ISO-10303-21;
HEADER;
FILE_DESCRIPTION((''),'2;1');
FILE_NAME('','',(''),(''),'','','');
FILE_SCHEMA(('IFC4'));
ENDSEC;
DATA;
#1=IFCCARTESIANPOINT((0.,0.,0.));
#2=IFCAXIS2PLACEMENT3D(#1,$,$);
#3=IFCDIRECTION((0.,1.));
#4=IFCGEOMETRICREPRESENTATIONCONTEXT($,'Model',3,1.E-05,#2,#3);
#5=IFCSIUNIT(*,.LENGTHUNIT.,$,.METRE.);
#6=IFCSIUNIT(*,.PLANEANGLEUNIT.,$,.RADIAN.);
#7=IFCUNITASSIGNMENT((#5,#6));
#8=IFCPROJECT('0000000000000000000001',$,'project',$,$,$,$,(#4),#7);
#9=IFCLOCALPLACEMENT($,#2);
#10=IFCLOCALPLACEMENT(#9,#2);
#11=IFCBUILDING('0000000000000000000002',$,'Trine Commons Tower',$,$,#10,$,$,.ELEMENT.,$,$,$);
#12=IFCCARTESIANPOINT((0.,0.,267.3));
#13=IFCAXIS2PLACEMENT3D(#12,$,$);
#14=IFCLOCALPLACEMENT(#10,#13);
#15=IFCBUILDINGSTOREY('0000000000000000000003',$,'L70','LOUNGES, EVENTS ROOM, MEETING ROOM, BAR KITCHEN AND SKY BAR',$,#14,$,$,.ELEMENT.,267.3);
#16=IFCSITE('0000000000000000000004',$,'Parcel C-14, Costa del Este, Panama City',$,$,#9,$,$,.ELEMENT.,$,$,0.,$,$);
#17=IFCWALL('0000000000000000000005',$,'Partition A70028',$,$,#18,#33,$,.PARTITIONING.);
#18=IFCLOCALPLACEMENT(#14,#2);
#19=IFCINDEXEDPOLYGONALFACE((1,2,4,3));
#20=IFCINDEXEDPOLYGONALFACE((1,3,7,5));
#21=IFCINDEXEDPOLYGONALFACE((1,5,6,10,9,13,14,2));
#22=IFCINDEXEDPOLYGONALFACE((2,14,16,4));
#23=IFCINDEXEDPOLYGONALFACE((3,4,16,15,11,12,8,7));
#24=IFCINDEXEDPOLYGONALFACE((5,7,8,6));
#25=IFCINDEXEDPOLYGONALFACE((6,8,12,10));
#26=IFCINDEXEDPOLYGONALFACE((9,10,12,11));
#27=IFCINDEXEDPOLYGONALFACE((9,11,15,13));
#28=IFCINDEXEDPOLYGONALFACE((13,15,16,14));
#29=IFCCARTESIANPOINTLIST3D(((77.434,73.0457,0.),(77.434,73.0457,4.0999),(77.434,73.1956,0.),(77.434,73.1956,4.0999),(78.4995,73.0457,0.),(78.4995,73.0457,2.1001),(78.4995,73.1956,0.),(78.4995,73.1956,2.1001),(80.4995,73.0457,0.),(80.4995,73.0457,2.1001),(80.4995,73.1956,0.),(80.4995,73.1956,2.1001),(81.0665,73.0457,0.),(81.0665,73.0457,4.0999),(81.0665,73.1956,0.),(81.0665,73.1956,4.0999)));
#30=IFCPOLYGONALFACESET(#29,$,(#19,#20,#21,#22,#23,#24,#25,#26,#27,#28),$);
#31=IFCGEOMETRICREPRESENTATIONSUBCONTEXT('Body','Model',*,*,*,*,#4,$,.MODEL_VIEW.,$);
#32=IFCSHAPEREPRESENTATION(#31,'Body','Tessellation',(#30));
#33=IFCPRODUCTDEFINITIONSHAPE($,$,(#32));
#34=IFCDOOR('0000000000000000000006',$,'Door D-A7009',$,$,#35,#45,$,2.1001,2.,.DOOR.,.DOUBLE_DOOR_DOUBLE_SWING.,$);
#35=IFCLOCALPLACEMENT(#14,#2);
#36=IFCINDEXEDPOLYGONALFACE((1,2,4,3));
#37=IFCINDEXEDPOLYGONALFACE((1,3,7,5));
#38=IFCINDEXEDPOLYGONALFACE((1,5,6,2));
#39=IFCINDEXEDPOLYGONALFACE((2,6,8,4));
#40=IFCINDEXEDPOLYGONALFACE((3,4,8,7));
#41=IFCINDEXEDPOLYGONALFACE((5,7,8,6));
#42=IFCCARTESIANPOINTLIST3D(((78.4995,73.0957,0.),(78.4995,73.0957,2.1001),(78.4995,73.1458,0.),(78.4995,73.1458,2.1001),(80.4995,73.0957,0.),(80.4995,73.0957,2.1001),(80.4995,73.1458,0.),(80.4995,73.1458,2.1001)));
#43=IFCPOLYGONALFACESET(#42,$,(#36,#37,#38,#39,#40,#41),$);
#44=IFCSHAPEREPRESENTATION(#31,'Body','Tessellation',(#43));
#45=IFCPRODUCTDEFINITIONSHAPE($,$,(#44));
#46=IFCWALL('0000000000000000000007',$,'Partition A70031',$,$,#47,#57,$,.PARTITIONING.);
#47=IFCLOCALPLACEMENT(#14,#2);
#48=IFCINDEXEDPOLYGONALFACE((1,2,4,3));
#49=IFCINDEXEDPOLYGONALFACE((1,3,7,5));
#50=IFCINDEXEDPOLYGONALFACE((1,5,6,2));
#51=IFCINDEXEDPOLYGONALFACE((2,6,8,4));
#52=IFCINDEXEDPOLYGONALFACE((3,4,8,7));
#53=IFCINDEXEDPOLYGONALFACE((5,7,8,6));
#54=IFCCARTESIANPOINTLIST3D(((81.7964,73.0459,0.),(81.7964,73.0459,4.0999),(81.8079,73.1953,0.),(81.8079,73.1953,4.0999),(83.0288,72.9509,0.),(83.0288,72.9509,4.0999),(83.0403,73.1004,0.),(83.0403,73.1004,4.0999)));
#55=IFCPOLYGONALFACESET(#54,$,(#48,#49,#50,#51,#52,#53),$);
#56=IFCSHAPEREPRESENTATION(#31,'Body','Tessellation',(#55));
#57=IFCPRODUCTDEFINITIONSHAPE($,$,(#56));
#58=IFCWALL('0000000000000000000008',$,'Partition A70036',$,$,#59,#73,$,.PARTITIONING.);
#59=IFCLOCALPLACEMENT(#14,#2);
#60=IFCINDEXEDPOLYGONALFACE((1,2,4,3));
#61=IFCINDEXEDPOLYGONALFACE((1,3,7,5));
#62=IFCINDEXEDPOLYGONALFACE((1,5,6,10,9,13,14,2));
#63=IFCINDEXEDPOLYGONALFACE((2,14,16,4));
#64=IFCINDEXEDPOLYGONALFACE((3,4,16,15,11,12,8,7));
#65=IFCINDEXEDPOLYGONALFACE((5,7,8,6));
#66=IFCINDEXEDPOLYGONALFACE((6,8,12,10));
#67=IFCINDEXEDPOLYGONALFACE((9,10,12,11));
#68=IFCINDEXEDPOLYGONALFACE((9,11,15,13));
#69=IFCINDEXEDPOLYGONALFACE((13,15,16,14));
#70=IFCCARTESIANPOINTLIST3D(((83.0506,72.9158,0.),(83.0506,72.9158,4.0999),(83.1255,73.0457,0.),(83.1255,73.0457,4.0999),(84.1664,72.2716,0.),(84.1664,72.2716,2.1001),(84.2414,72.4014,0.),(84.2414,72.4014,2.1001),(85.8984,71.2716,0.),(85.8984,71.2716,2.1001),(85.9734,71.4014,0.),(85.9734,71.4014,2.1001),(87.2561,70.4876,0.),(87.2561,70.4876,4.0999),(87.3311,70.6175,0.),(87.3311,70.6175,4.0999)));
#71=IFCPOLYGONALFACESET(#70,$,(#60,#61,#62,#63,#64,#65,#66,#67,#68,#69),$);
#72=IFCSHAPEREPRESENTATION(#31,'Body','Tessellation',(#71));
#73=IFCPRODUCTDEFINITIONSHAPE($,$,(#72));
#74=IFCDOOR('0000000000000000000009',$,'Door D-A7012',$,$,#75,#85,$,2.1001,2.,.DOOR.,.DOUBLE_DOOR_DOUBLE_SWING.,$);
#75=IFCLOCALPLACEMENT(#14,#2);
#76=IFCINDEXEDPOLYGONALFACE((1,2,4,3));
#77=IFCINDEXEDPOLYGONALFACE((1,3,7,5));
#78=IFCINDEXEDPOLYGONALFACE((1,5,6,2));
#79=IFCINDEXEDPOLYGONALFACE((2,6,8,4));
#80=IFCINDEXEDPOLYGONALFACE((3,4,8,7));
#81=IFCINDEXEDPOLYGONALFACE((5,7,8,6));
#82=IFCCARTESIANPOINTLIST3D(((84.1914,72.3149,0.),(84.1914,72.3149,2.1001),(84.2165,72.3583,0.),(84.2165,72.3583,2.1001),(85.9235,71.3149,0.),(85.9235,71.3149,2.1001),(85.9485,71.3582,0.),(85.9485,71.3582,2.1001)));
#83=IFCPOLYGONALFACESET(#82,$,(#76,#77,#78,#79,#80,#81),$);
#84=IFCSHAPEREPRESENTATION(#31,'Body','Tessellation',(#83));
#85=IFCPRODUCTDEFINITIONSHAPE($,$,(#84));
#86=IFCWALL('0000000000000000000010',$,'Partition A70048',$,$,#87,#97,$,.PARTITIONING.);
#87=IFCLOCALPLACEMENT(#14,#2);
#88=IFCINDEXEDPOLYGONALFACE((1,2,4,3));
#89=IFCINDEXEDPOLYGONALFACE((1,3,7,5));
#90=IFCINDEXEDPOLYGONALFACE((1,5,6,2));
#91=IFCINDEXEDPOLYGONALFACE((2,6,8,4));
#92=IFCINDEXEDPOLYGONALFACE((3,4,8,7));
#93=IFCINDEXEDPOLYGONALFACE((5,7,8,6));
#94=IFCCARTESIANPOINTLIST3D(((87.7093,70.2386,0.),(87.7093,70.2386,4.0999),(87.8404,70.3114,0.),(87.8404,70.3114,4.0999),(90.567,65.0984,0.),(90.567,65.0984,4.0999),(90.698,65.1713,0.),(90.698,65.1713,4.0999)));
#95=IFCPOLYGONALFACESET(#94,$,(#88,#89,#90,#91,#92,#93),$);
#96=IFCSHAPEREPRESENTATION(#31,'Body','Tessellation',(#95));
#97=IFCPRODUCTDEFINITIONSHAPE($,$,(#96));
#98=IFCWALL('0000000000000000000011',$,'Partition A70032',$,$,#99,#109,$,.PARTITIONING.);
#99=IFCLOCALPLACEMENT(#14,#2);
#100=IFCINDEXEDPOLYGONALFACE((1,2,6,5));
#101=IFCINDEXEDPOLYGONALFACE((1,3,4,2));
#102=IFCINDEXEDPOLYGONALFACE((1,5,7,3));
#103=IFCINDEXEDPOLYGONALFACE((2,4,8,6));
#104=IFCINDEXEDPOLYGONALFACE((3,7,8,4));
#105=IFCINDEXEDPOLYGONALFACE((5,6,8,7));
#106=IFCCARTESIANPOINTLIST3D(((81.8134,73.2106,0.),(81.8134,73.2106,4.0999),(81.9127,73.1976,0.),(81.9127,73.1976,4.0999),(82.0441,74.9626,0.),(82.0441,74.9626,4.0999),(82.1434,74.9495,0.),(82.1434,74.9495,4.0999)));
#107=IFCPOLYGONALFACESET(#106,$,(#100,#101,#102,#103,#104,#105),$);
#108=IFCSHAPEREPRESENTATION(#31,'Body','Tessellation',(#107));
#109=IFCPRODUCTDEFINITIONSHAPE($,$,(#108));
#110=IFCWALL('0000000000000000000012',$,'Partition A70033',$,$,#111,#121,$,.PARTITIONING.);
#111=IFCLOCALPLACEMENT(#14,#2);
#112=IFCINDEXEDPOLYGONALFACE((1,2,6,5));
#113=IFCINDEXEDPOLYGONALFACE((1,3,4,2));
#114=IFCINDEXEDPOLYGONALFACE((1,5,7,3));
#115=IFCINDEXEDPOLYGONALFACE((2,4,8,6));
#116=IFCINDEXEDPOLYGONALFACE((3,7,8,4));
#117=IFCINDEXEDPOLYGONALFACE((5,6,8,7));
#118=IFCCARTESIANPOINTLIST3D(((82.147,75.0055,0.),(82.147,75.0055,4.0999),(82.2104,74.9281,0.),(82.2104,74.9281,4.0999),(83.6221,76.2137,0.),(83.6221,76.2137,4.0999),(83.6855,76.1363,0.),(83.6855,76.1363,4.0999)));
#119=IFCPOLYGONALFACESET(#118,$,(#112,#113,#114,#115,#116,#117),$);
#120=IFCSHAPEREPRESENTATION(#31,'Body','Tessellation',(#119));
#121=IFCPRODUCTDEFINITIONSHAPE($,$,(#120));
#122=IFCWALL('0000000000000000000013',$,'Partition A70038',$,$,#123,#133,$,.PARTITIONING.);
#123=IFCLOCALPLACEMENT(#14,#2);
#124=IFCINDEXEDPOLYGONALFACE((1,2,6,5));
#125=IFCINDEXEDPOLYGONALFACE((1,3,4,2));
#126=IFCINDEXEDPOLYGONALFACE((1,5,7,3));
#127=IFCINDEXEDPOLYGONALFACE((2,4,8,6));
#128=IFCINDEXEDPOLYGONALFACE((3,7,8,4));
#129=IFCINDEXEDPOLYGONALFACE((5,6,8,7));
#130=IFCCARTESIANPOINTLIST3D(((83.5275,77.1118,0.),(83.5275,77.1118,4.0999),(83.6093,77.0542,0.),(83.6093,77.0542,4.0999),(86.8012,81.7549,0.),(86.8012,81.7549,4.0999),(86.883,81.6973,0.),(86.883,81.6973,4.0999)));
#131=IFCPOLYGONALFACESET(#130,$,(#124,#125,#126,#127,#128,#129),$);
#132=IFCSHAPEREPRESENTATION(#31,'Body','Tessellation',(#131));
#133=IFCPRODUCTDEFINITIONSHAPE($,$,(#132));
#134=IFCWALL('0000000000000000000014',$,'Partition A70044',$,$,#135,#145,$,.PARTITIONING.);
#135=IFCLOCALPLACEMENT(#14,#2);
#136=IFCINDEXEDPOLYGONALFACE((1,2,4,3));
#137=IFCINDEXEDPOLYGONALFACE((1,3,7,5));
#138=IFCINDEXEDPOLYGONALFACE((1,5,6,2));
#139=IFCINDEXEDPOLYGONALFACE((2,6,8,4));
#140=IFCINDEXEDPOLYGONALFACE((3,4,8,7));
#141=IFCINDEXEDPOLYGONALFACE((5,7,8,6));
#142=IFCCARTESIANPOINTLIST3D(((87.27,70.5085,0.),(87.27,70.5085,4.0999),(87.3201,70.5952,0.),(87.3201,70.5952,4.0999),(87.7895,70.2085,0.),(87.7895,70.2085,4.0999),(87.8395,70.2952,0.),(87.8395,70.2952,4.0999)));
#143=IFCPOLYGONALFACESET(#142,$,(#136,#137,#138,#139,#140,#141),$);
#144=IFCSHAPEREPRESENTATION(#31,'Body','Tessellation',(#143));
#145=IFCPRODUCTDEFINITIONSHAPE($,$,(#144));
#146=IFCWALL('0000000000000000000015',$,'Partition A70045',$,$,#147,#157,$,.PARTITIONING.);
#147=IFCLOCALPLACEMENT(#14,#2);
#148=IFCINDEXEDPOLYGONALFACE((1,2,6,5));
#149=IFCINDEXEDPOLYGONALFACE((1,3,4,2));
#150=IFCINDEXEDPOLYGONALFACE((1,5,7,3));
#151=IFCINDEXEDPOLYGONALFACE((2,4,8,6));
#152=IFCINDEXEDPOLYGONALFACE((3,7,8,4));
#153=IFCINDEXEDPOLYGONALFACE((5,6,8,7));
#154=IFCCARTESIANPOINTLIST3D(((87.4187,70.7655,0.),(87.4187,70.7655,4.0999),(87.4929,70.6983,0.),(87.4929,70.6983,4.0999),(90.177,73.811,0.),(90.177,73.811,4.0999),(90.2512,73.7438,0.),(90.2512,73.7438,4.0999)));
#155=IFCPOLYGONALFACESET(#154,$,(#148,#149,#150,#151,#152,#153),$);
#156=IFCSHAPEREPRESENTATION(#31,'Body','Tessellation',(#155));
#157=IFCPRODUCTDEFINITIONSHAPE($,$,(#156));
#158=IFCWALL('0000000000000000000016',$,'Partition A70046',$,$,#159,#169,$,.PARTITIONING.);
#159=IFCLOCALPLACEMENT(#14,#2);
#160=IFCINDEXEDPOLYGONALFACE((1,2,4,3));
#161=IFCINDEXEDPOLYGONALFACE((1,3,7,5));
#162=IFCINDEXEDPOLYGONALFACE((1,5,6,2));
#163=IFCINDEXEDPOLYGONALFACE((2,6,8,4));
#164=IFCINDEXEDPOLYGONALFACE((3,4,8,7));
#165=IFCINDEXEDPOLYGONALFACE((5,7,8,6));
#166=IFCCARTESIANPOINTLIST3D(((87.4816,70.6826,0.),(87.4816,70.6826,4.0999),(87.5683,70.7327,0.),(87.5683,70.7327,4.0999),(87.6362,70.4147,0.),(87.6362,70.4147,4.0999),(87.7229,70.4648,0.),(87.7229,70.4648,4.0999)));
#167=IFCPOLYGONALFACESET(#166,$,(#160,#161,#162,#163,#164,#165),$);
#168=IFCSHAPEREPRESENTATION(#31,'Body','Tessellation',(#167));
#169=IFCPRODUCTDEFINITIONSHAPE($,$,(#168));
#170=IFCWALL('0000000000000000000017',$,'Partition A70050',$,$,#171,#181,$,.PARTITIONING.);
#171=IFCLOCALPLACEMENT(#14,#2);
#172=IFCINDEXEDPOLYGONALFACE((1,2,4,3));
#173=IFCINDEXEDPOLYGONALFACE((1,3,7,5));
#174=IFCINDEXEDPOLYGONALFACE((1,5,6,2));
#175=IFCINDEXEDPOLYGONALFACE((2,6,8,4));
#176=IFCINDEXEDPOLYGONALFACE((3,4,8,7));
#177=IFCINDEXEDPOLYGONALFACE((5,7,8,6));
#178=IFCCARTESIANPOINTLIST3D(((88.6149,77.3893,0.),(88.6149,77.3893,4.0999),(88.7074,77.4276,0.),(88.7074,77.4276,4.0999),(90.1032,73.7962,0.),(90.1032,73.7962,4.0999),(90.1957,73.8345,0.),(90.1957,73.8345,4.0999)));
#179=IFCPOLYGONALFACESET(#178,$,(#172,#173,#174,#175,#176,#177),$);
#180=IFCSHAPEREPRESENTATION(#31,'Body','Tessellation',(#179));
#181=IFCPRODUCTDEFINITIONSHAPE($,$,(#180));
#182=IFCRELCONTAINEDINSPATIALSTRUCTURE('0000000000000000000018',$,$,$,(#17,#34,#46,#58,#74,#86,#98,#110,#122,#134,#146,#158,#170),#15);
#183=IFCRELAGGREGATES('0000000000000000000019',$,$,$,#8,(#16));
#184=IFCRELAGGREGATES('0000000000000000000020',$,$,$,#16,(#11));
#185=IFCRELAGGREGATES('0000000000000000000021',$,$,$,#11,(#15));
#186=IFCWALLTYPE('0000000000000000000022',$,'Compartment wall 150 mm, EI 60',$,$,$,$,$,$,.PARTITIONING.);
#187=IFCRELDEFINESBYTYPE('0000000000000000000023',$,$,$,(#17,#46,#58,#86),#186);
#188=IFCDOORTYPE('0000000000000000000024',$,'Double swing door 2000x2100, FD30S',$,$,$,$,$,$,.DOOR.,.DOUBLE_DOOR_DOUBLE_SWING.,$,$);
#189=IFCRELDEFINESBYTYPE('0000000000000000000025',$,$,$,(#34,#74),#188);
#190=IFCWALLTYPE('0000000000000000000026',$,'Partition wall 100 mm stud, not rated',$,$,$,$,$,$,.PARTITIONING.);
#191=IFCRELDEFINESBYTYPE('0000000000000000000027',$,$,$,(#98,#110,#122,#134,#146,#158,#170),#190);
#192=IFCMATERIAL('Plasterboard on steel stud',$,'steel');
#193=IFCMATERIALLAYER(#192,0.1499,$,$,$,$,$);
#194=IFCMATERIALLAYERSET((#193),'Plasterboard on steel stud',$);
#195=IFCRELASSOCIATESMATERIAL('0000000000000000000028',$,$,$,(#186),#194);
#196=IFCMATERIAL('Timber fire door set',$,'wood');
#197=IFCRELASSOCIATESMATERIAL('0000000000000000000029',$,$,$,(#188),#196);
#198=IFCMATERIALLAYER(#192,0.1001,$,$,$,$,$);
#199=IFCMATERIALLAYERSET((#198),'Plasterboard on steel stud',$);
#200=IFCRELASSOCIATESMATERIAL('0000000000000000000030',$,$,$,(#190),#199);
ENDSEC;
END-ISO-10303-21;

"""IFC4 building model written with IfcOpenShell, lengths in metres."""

from ifc_helpers import new_model, si_unit, direction, frame, frame_2d, origin, place, context, subcontext, project, spatial, rectangle, extrude, material, layer, layer_set, type_object, element, fill, save


model = new_model("IFC4")

# Units and contexts
model_context = context("Model", 3, precision=1e-05, world=origin(), true_north=direction((0.0, 1.0)))
body_context = subcontext(model_context, "Body", "Model", "MODEL_VIEW")
ifc_project = project(units=[si_unit("LENGTHUNIT", "METRE"), si_unit("PLANEANGLEUNIT", "RADIAN")], contexts=[model_context])

# Site, building, storey
site_placement = place(None, origin())
site = spatial("IfcSite", under=ifc_project, at=site_placement, Name="Parcel C-14, Costa del Este, Panama City", CompositionType="ELEMENT", RefElevation=0.0)
building_placement = place(site_placement, origin())
building = spatial("IfcBuilding", under=site, at=building_placement, Name="Trine Commons Tower", CompositionType="ELEMENT")
storey_placement = place(building_placement, frame((0.0, 0.0, 267.3)))
storey = spatial("IfcBuildingStorey", under=building, at=storey_placement, Name="L70", Description="LOUNGES, EVENTS ROOM, MEETING ROOM, BAR KITCHEN AND SKY BAR", CompositionType="ELEMENT", Elevation=267.3)

# Wall, opening, door
ifc_material_1 = material(Name="Plasterboard on steel stud", Category="steel")
ifc_layer_1 = layer(ifc_material_1, 0.1499)
ifc_layer_set_1 = layer_set([ifc_layer_1], Name="Plasterboard on steel stud")
wall_type_1 = type_object("IfcWallType", Name="Compartment wall 150 mm, EI 60", PredefinedType="PARTITIONING", material=ifc_layer_set_1)
wall_1_placement = place(storey_placement, frame((81.0667, 73.1206, 0.0), z_axis=(0.0, 0.0, 1.0), x_axis=(-1.0, 0.0, 0.0)))
wall_1 = element("IfcWall", 1, at=wall_1_placement, inside=storey, type_object=wall_type_1, Name="Partition A70028", PredefinedType="PARTITIONING", context=body_context, shape_type="SweptSolid", body=[
    extrude(rectangle(XDim=3.6326, YDim=0.1499, at=frame_2d((1.8164, 0.0))), origin(), (0.0, 0.0, 1.0), 4.0999),
])
opening_1_placement = place(wall_1_placement, frame((0.5671, 0.0, 0.0)))
opening_1 = element("IfcOpeningElement", 2, at=opening_1_placement, cuts=wall_1, PredefinedType="OPENING", context=body_context, shape_type="SweptSolid", body=[
    extrude(rectangle(XDim=2.0, YDim=2.1001, at=frame_2d((1.0, 1.05))), frame((0.0, 0.085, 0.0), z_axis=(0.0, -1.0, 0.0), x_axis=(1.0, 0.0, 0.0)), (0.0, 0.0, 1.0), 0.1699),
])
ifc_material_2 = material(Name="Timber fire door set", Category="wood")
door_type_1 = type_object("IfcDoorType", Name="Double swing door 2000x2100, FD30S", OperationType="DOUBLE_DOOR_DOUBLE_SWING", PredefinedType="DOOR", material=ifc_material_2)
door_1_placement = place(opening_1_placement, origin())
door_1 = element("IfcDoor", 3, at=door_1_placement, inside=storey, type_object=door_type_1, Name="Door D-A7009", OperationType="DOUBLE_DOOR_DOUBLE_SWING", OverallHeight=2.1001, OverallWidth=2.0, PredefinedType="DOOR", context=body_context, shape_type="SweptSolid", body=[
    extrude(rectangle(XDim=2.0, YDim=2.1001, at=frame_2d((1.0, 1.05))), frame((0.0, 0.0249, 0.0), z_axis=(0.0, -1.0, 0.0), x_axis=(1.0, 0.0, 0.0)), (0.0, 0.0, 1.0), 0.05),
])
fill(opening_1, door_1)

# Wall
wall_2_placement = place(storey_placement, frame((81.802, 73.1206, 0.0), z_axis=(0.0, 0.0, 1.0), x_axis=(0.997044, -0.076832, 0.0)))
element("IfcWall", 4, at=wall_2_placement, inside=storey, type_object=wall_type_1, Name="Partition A70031", PredefinedType="PARTITIONING", context=body_context, shape_type="SweptSolid", body=[
    extrude(rectangle(XDim=1.2361, YDim=0.1499, at=frame_2d((0.6182, 0.0))), origin(), (0.0, 0.0, 1.0), 4.0999),
])

# Wall, opening, door
wall_3_placement = place(storey_placement, frame((87.2937, 70.5525, 0.0), z_axis=(0.0, 0.0, 1.0), x_axis=(-0.866013, 0.500021, 0.0)))
wall_3 = element("IfcWall", 5, at=wall_3_placement, inside=storey, type_object=wall_type_1, Name="Partition A70036", PredefinedType="PARTITIONING", context=body_context, shape_type="SweptSolid", body=[
    extrude(rectangle(XDim=4.8562, YDim=0.1499, at=frame_2d((2.4282, 0.0))), origin(), (0.0, 0.0, 1.0), 4.0999),
])
opening_2_placement = place(wall_3_placement, frame((1.5679, 0.0, 0.0)))
opening_2 = element("IfcOpeningElement", 6, at=opening_2_placement, cuts=wall_3, PredefinedType="OPENING", context=body_context, shape_type="SweptSolid", body=[
    extrude(rectangle(XDim=2.0, YDim=2.1001, at=frame_2d((1.0, 1.05))), frame((0.0, 0.085, 0.0), z_axis=(0.0, -1.0, 0.0), x_axis=(1.0, 0.0, 0.0)), (0.0, 0.0, 1.0), 0.1699),
])
door_2_placement = place(opening_2_placement, origin())
door_2 = element("IfcDoor", 7, at=door_2_placement, inside=storey, type_object=door_type_1, Name="Door D-A7012", OperationType="DOUBLE_DOOR_DOUBLE_SWING", OverallHeight=2.1001, OverallWidth=2.0, PredefinedType="DOOR", context=body_context, shape_type="SweptSolid", body=[
    extrude(rectangle(XDim=2.0, YDim=2.1001, at=frame_2d((1.0, 1.05))), frame((0.0, 0.0249, 0.0), z_axis=(0.0, -1.0, 0.0), x_axis=(1.0, 0.0, 0.0)), (0.0, 0.0, 1.0), 0.05),
])
fill(opening_2, door_2)

# Walls
wall_4_placement = place(storey_placement, frame((87.7749, 70.2749, 0.0), z_axis=(0.0, 0.0, 1.0), x_axis=(0.485907, -0.87401, 0.0)))
element("IfcWall", 8, at=wall_4_placement, inside=storey, type_object=wall_type_1, Name="Partition A70048", PredefinedType="PARTITIONING", context=body_context, shape_type="SweptSolid", body=[
    extrude(rectangle(XDim=5.8811, YDim=0.1499, at=frame_2d((2.9404, 0.0))), origin(), (0.0, 0.0, 1.0), 4.0999),
])
ifc_layer_2 = layer(ifc_material_1, 0.1001)
ifc_layer_set_2 = layer_set([ifc_layer_2], Name="Plasterboard on steel stud")
wall_type_2 = type_object("IfcWallType", Name="Partition wall 100 mm stud, not rated", PredefinedType="PARTITIONING", material=ifc_layer_set_2)
wall_5_placement = place(storey_placement, frame((81.863, 73.2041, 0.0), z_axis=(0.0, 0.0, 1.0), x_axis=(0.130562, 0.99144, 0.0)))
element("IfcWall", 9, at=wall_5_placement, inside=storey, type_object=wall_type_2, Name="Partition A70032", PredefinedType="PARTITIONING", context=body_context, shape_type="SweptSolid", body=[
    extrude(rectangle(XDim=1.7671, YDim=0.1001, at=frame_2d((0.8835, 0.0))), origin(), (0.0, 0.0, 1.0), 4.0999),
])
wall_6_placement = place(storey_placement, frame((82.1787, 74.9668, 0.0), z_axis=(0.0, 0.0, 1.0), x_axis=(0.773609, 0.633663, 0.0)))
element("IfcWall", 10, at=wall_6_placement, inside=storey, type_object=wall_type_2, Name="Partition A70033", PredefinedType="PARTITIONING", context=body_context, shape_type="SweptSolid", body=[
    extrude(rectangle(XDim=1.9067, YDim=0.1001, at=frame_2d((0.9534, 0.0))), origin(), (0.0, 0.0, 1.0), 4.0999),
])
wall_7_placement = place(storey_placement, frame((83.5684, 77.083, 0.0), z_axis=(0.0, 0.0, 1.0), x_axis=(0.576239, 0.817281, 0.0)))
element("IfcWall", 11, at=wall_7_placement, inside=storey, type_object=wall_type_2, Name="Partition A70038", PredefinedType="PARTITIONING", context=body_context, shape_type="SweptSolid", body=[
    extrude(rectangle(XDim=5.6812, YDim=0.1001, at=frame_2d((2.8406, 0.0))), origin(), (0.0, 0.0, 1.0), 4.0999),
])
wall_8_placement = place(storey_placement, frame((87.2952, 70.5518, 0.0), z_axis=(0.0, 0.0, 1.0), x_axis=(0.865955, -0.500122, 0.0)))
element("IfcWall", 12, at=wall_8_placement, inside=storey, type_object=wall_type_2, Name="Partition A70044", PredefinedType="PARTITIONING", context=body_context, shape_type="SweptSolid", body=[
    extrude(rectangle(XDim=0.5999, YDim=0.1001, at=frame_2d((0.2998, 0.0))), origin(), (0.0, 0.0, 1.0), 4.0999),
])
wall_9_placement = place(storey_placement, frame((87.4558, 70.7319, 0.0), z_axis=(0.0, 0.0, 1.0), x_axis=(0.671305, 0.741181, 0.0)))
element("IfcWall", 13, at=wall_9_placement, inside=storey, type_object=wall_type_2, Name="Partition A70045", PredefinedType="PARTITIONING", context=body_context, shape_type="SweptSolid", body=[
    extrude(rectangle(XDim=4.1089, YDim=0.1001, at=frame_2d((2.0544, 0.0))), origin(), (0.0, 0.0, 1.0), 4.0999),
])
wall_10_placement = place(storey_placement, frame((87.5249, 70.7078, 0.0), z_axis=(0.0, 0.0, 1.0), x_axis=(0.499791, -0.866146, 0.0)))
element("IfcWall", 14, at=wall_10_placement, inside=storey, type_object=wall_type_2, Name="Partition A70046", PredefinedType="PARTITIONING", context=body_context, shape_type="SweptSolid", body=[
    extrude(rectangle(XDim=0.3093, YDim=0.1001, at=frame_2d((0.1548, 0.0))), origin(), (0.0, 0.0, 1.0), 4.0999),
])
wall_11_placement = place(storey_placement, frame((88.6611, 77.4084, 0.0), z_axis=(0.0, 0.0, 1.0), x_axis=(0.382684, -0.923879, 0.0)))
element("IfcWall", 15, at=wall_11_placement, inside=storey, type_object=wall_type_2, Name="Partition A70050", PredefinedType="PARTITIONING", context=body_context, shape_type="SweptSolid", body=[
    extrude(rectangle(XDim=3.8892, YDim=0.1001, at=frame_2d((1.9446, 0.0))), origin(), (0.0, 0.0, 1.0), 4.0999),
])

save(model, "model.ifc")
